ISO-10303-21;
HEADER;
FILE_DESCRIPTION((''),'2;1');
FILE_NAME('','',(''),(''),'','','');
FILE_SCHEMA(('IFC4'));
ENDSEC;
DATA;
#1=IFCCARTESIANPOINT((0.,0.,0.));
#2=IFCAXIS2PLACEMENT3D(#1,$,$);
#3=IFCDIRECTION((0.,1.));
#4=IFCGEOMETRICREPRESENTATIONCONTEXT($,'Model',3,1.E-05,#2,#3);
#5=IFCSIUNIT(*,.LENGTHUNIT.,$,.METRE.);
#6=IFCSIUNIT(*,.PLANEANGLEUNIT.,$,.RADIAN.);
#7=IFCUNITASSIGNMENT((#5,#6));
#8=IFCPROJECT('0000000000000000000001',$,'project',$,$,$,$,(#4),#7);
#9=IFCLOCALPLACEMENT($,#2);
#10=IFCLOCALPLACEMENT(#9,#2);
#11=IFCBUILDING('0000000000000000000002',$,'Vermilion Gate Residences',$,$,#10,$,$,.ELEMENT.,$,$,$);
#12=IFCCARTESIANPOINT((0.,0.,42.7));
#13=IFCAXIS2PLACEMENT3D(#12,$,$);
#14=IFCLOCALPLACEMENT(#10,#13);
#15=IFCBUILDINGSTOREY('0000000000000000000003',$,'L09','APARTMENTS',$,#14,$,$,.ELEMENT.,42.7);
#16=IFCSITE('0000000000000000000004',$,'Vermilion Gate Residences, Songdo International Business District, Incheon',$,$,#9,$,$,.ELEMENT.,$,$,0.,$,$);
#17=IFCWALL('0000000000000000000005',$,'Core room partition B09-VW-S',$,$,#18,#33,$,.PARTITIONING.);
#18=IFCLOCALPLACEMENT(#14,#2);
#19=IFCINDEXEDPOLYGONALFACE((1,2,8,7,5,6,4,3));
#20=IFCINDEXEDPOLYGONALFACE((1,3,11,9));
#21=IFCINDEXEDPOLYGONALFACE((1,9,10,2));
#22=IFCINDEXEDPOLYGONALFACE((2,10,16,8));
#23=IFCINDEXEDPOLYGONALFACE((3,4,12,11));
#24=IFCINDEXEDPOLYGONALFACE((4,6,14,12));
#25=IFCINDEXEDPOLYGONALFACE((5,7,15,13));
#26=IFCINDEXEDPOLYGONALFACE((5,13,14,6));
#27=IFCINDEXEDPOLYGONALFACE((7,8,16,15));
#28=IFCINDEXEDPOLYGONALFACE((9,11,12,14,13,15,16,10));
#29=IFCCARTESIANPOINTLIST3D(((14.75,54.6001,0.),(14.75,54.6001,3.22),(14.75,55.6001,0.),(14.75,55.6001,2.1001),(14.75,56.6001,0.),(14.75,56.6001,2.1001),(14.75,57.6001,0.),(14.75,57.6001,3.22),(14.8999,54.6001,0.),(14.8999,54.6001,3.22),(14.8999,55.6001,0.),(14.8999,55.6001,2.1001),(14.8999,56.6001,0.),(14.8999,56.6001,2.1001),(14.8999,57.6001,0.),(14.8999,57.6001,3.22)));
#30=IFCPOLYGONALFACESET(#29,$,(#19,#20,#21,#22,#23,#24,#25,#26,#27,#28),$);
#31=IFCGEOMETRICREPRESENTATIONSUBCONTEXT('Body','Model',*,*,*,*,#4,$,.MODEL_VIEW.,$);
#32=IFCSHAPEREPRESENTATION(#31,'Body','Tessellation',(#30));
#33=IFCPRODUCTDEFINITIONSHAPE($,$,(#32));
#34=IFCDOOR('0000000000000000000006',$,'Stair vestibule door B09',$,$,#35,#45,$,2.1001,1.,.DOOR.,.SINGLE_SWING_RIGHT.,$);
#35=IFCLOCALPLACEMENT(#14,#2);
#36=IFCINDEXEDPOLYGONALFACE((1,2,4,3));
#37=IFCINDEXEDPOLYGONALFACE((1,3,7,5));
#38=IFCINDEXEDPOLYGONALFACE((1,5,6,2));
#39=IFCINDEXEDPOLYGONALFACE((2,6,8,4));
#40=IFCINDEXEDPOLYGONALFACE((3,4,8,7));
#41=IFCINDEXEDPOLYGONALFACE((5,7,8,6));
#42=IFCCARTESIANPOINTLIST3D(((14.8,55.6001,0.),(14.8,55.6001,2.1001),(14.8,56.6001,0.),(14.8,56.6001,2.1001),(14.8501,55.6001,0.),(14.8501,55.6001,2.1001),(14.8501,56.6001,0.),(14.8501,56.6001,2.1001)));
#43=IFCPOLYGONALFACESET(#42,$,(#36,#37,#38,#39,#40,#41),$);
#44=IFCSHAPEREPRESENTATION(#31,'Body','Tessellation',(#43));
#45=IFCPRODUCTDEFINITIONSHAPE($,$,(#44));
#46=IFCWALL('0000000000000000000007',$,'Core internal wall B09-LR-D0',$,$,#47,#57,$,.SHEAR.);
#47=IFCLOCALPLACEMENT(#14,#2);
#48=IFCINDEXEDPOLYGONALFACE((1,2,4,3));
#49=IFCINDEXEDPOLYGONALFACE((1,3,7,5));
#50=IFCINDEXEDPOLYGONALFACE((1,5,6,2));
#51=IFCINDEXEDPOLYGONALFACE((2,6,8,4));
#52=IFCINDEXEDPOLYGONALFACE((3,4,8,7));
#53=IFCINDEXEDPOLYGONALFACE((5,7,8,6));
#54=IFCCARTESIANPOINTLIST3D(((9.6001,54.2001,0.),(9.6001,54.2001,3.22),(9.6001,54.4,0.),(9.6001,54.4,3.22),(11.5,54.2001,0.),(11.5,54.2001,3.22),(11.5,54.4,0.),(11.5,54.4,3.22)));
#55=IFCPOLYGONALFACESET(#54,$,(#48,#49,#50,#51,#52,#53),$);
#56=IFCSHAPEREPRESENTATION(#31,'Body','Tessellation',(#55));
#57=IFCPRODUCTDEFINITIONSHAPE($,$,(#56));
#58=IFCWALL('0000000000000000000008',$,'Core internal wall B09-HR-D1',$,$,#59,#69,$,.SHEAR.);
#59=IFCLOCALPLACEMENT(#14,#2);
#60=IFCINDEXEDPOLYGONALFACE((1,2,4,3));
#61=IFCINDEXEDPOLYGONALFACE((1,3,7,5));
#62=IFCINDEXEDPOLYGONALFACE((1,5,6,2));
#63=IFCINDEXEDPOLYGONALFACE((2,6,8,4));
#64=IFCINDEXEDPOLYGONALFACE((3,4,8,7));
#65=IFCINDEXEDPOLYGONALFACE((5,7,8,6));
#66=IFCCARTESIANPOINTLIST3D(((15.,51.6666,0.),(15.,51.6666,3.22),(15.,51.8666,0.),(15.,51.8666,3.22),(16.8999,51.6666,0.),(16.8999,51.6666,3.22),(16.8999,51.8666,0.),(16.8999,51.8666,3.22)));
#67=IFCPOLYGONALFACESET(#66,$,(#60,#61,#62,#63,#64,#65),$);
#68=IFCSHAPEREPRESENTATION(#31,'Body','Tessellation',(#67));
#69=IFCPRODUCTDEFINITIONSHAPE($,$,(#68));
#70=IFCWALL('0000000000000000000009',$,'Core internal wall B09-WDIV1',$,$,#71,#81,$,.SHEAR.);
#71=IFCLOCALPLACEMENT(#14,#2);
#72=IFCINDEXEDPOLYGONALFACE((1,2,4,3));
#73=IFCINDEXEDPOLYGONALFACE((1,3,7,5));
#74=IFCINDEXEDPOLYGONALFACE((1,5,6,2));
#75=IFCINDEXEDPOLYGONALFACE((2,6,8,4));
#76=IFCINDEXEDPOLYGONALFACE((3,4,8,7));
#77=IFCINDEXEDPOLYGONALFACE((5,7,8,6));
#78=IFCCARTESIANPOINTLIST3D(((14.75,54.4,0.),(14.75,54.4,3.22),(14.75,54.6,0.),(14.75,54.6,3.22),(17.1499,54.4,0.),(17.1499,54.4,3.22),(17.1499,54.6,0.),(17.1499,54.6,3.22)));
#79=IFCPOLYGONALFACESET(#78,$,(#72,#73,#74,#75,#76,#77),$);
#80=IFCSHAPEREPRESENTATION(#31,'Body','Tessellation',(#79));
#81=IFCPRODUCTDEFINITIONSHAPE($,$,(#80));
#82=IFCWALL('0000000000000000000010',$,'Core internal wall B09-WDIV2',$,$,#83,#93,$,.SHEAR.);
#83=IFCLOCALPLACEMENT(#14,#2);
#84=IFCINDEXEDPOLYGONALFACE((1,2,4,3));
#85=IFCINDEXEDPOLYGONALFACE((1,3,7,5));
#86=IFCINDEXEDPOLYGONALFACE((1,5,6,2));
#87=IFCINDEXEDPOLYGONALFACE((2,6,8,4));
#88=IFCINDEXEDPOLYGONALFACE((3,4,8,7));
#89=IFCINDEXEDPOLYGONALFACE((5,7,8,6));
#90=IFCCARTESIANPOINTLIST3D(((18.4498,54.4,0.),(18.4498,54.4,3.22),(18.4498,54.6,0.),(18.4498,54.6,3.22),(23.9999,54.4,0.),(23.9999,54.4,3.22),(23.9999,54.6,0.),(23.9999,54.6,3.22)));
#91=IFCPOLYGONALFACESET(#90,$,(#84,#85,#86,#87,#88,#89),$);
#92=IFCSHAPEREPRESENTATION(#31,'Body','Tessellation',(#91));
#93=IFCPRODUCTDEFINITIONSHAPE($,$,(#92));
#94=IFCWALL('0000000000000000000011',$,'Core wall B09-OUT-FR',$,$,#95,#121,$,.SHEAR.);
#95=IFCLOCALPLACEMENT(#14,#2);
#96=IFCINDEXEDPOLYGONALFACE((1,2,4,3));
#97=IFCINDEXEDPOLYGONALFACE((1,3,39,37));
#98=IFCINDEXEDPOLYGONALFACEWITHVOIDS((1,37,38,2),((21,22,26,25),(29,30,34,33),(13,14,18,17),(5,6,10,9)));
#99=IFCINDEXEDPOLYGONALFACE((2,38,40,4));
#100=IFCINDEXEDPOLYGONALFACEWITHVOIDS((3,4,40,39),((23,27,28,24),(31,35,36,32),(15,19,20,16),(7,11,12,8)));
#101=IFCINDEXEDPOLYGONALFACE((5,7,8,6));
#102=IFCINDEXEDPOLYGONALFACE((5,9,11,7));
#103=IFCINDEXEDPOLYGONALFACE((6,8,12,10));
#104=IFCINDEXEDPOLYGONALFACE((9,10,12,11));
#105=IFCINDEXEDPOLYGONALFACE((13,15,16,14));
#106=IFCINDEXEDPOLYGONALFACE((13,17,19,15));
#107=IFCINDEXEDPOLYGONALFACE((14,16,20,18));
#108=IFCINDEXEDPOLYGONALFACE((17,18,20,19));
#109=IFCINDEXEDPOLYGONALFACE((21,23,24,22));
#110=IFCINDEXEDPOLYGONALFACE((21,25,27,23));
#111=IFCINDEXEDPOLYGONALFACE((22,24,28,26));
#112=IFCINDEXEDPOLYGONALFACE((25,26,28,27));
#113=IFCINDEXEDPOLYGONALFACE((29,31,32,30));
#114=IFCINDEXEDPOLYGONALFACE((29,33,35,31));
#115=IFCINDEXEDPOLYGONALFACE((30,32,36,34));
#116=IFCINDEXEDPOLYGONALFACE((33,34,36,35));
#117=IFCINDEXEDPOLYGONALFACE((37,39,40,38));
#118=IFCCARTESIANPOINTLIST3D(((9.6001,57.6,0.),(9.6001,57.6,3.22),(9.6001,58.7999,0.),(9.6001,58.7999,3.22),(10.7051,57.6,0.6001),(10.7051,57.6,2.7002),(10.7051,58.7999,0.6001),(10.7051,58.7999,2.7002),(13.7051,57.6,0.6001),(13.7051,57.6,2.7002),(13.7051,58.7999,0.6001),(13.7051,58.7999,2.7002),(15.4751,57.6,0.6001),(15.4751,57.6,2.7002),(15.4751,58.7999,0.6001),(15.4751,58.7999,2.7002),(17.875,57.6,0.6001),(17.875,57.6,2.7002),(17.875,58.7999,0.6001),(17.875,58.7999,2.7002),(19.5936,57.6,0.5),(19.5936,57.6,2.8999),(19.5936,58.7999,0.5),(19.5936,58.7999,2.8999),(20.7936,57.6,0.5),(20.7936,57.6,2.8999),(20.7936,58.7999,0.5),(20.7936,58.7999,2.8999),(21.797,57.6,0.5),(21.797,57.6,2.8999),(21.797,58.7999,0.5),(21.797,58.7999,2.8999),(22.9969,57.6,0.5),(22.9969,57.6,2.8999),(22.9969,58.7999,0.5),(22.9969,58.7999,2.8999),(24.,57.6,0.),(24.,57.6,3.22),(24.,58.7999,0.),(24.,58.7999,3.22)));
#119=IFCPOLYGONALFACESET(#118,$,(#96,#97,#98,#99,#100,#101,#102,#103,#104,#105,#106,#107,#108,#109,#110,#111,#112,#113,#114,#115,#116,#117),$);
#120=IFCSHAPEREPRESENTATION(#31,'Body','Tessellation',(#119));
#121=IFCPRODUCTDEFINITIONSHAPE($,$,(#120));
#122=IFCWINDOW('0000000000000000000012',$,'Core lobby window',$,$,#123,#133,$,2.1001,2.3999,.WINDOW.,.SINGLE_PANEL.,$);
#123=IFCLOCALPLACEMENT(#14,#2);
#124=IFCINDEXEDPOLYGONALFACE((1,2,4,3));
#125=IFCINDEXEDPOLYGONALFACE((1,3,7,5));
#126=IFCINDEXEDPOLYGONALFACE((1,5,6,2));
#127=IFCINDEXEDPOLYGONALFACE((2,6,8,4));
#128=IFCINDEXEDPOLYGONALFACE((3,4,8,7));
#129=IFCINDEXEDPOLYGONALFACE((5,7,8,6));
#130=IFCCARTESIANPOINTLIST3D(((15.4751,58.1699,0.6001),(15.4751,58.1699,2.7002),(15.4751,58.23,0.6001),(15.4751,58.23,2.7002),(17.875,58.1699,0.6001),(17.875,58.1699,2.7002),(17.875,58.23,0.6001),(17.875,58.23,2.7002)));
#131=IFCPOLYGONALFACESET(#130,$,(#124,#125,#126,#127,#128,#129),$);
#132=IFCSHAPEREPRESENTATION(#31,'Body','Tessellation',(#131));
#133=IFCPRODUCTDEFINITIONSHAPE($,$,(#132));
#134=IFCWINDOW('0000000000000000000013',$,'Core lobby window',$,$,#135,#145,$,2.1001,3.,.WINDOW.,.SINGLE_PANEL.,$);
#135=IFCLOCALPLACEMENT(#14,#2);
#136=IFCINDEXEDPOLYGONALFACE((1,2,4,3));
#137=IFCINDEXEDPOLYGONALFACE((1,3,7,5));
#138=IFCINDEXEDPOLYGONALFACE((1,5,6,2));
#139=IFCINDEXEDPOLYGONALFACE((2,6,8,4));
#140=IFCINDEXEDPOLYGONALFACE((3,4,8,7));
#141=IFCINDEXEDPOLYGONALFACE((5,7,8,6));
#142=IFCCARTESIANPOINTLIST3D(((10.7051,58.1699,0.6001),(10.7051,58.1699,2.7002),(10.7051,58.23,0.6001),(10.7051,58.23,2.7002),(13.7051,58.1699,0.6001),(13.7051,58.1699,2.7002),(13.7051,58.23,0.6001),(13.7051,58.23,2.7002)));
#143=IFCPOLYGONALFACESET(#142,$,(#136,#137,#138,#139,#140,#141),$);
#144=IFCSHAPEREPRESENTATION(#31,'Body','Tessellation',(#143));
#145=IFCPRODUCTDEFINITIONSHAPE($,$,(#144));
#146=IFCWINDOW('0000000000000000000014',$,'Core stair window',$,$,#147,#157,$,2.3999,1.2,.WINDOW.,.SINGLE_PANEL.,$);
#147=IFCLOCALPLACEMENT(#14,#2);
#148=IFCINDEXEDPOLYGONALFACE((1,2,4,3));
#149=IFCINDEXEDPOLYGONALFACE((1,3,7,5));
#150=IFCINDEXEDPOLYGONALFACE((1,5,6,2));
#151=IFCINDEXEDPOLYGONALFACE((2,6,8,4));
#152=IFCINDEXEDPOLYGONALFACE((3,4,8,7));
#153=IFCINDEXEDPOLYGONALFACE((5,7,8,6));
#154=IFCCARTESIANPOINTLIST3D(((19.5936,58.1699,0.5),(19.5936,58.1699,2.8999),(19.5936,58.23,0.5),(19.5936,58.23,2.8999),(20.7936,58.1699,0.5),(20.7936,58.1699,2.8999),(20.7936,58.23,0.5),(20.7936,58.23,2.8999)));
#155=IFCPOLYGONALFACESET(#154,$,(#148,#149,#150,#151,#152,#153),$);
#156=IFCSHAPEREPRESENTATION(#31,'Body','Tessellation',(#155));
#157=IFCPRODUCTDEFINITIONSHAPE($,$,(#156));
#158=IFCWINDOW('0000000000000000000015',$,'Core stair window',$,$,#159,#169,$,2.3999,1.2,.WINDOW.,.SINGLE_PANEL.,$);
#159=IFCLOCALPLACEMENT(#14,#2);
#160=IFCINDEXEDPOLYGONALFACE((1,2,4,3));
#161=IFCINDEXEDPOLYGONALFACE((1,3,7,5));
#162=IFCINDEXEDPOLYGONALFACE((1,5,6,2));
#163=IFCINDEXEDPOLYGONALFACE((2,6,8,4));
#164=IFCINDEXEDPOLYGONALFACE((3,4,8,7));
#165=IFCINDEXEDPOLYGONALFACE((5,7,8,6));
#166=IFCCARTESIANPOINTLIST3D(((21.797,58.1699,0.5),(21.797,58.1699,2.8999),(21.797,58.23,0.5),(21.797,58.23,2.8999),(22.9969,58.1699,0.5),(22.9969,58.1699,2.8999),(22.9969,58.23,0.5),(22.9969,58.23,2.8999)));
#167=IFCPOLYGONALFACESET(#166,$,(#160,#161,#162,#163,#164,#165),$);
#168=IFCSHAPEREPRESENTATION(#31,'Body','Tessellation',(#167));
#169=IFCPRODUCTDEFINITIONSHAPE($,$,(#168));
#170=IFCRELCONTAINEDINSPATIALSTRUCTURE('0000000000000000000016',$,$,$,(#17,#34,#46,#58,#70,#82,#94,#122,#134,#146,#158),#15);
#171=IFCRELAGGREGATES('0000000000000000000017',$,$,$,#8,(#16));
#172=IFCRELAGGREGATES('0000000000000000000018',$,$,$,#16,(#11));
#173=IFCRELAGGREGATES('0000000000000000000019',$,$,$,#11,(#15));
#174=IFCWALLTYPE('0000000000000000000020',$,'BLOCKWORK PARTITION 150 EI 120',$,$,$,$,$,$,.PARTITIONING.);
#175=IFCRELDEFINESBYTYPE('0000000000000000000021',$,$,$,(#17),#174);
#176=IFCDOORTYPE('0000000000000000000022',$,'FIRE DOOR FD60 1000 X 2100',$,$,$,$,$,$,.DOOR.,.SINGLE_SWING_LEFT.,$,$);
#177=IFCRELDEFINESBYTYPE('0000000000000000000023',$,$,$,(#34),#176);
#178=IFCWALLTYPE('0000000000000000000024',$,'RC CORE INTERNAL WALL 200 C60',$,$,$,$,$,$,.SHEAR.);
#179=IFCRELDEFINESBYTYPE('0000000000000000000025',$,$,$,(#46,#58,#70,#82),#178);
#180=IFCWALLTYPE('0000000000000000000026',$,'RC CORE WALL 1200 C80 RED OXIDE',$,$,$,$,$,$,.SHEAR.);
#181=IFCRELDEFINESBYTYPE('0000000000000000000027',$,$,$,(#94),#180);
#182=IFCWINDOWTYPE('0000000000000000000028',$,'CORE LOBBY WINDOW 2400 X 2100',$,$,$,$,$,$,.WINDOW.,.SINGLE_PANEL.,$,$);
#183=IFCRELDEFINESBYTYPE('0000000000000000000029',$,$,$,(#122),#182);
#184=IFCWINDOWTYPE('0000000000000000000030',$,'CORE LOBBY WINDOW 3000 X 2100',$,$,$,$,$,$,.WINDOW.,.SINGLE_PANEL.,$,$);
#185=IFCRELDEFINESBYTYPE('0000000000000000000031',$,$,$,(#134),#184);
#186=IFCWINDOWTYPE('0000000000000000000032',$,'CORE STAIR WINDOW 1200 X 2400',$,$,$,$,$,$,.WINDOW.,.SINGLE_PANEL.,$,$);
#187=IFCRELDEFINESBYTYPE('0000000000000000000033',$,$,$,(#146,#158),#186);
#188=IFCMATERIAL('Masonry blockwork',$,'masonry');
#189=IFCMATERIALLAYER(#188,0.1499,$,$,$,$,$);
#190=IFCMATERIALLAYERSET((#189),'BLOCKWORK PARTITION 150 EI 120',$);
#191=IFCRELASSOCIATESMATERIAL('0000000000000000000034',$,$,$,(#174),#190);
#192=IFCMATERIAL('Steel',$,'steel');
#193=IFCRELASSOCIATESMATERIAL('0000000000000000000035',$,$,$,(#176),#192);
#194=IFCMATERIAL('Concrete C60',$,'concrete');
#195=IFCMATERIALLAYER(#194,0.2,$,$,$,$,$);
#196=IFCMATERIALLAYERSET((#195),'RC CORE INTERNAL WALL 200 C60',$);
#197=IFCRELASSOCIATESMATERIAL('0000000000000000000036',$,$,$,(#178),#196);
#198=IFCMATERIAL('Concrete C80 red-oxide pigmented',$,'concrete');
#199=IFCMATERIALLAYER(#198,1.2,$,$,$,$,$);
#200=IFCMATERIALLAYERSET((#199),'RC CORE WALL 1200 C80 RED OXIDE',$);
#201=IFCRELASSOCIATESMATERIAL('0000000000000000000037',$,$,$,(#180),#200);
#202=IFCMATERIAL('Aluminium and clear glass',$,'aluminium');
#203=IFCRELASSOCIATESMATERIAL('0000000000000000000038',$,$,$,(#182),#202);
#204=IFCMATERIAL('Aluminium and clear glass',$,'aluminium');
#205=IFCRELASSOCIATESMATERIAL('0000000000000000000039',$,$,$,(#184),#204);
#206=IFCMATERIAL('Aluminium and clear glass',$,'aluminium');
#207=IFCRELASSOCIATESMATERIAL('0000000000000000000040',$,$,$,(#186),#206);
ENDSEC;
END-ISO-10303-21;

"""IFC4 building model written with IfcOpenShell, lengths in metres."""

from ifc_helpers import new_model, si_unit, direction, frame, frame_2d, origin, place, context, subcontext, project, spatial, rectangle, extrude, material, layer, layer_set, type_object, element, fill, save


model = new_model("IFC4")

# Units and contexts
model_context = context("Model", 3, precision=1e-05, world=origin(), true_north=direction((0.0, 1.0)))
body_context = subcontext(model_context, "Body", "Model", "MODEL_VIEW")
ifc_project = project(units=[si_unit("LENGTHUNIT", "METRE"), si_unit("PLANEANGLEUNIT", "RADIAN")], contexts=[model_context])

# Site, building, storey
site_placement = place(None, origin())
site = spatial("IfcSite", under=ifc_project, at=site_placement, Name="Vermilion Gate Residences, Songdo International Business District, Incheon", CompositionType="ELEMENT", RefElevation=0.0)
building_placement = place(site_placement, origin())
building = spatial("IfcBuilding", under=site, at=building_placement, Name="Vermilion Gate Residences", CompositionType="ELEMENT")
storey_placement = place(building_placement, frame((0.0, 0.0, 42.7)))
storey = spatial("IfcBuildingStorey", under=building, at=storey_placement, Name="L09", Description="APARTMENTS", CompositionType="ELEMENT", Elevation=42.7)

# Wall, opening, door
ifc_material_1 = material(Name="Masonry blockwork", Category="masonry")
ifc_layer_1 = layer(ifc_material_1, 0.1499)
ifc_layer_set_1 = layer_set([ifc_layer_1], Name="BLOCKWORK PARTITION 150 EI 120")
wall_type_1 = type_object("IfcWallType", Name="BLOCKWORK PARTITION 150 EI 120", PredefinedType="PARTITIONING", material=ifc_layer_set_1)
wall_1_placement = place(storey_placement, frame((14.825, 57.6001, 0.0), z_axis=(0.0, 0.0, 1.0), x_axis=(0.0, -1.0, 0.0)))
wall_1 = element("IfcWall", 1, at=wall_1_placement, inside=storey, type_object=wall_type_1, Name="Core room partition B09-VW-S", PredefinedType="PARTITIONING", context=body_context, shape_type="SweptSolid", body=[
    extrude(rectangle(XDim=3.0, YDim=0.1499, at=frame_2d((1.5, 0.0))), origin(), (0.0, 0.0, 1.0), 3.22),
])
opening_1_placement = place(wall_1_placement, frame((1.0, 0.0, 0.0)))
opening_1 = element("IfcOpeningElement", 2, at=opening_1_placement, cuts=wall_1, PredefinedType="OPENING", context=body_context, shape_type="SweptSolid", body=[
    extrude(rectangle(XDim=1.0, YDim=2.1001, at=frame_2d((0.5, 1.05))), frame((0.0, 0.085, 0.0), z_axis=(0.0, -1.0, 0.0), x_axis=(1.0, 0.0, 0.0)), (0.0, 0.0, 1.0), 0.1699),
])
ifc_material_2 = material(Name="Steel", Category="steel")
door_type_1 = type_object("IfcDoorType", Name="FIRE DOOR FD60 1000 X 2100", OperationType="SINGLE_SWING_LEFT", PredefinedType="DOOR", material=ifc_material_2)
door_1_placement = place(opening_1_placement, frame((1.0, 0.0, 0.0), z_axis=(0.0, 0.0, 1.0), x_axis=(-1.0, 0.0, 0.0)))
door_1 = element("IfcDoor", 3, at=door_1_placement, inside=storey, type_object=door_type_1, Name="Stair vestibule door B09", OperationType="SINGLE_SWING_RIGHT", OverallHeight=2.1001, OverallWidth=1.0, PredefinedType="DOOR", context=body_context, shape_type="SweptSolid", body=[
    extrude(rectangle(XDim=1.0, YDim=2.1001, at=frame_2d((0.5, 1.05))), frame((0.0, 0.0249, 0.0), z_axis=(0.0, -1.0, 0.0), x_axis=(1.0, 0.0, 0.0)), (0.0, 0.0, 1.0), 0.05),
])
fill(opening_1, door_1)

# Walls
ifc_material_3 = material(Name="Concrete C60", Category="concrete")
ifc_layer_2 = layer(ifc_material_3, 0.2)
ifc_layer_set_2 = layer_set([ifc_layer_2], Name="RC CORE INTERNAL WALL 200 C60")
wall_type_2 = type_object("IfcWallType", Name="RC CORE INTERNAL WALL 200 C60", PredefinedType="SHEAR", material=ifc_layer_set_2)
for number, where, z_axis, x_axis, name in (
    (4, (9.6001, 54.3, 0.0), (0.0, 0.0, 1.0), (1.0, 0.0, 0.0), "Core internal wall B09-LR-D0"),
    (5, (15.0, 51.7666, 0.0), (0.0, 0.0, 1.0), (1.0, 0.0, 0.0), "Core internal wall B09-HR-D1"),
):
    element("IfcWall", number, at=place(storey_placement, frame(where, z_axis=z_axis, x_axis=x_axis)), inside=storey, type_object=wall_type_2, Name=name, PredefinedType="SHEAR", context=body_context, shape_type="SweptSolid", body=[
        extrude(rectangle(XDim=1.8999, YDim=0.2, at=frame_2d((0.95, 0.0))), origin(), (0.0, 0.0, 1.0), 3.22),
    ])
wall_2_placement = place(storey_placement, frame((14.75, 54.5, 0.0), z_axis=(0.0, 0.0, 1.0), x_axis=(1.0, 0.0, 0.0)))
element("IfcWall", 6, at=wall_2_placement, inside=storey, type_object=wall_type_2, Name="Core internal wall B09-WDIV1", PredefinedType="SHEAR", context=body_context, shape_type="SweptSolid", body=[
    extrude(rectangle(XDim=2.3999, YDim=0.2, at=frame_2d((1.2, 0.0))), origin(), (0.0, 0.0, 1.0), 3.22),
])
wall_3_placement = place(storey_placement, frame((18.45, 54.5, 0.0), z_axis=(0.0, 0.0, 1.0), x_axis=(1.0, 0.0, 0.0)))
element("IfcWall", 7, at=wall_3_placement, inside=storey, type_object=wall_type_2, Name="Core internal wall B09-WDIV2", PredefinedType="SHEAR", context=body_context, shape_type="SweptSolid", body=[
    extrude(rectangle(XDim=5.55, YDim=0.2, at=frame_2d((2.7749, 0.0))), origin(), (0.0, 0.0, 1.0), 3.22),
])

# Wall, openings, windows
ifc_material_4 = material(Name="Concrete C80 red-oxide pigmented", Category="concrete")
ifc_layer_3 = layer(ifc_material_4, 1.2)
ifc_layer_set_3 = layer_set([ifc_layer_3], Name="RC CORE WALL 1200 C80 RED OXIDE")
wall_type_3 = type_object("IfcWallType", Name="RC CORE WALL 1200 C80 RED OXIDE", PredefinedType="SHEAR", material=ifc_layer_set_3)
wall_4_placement = place(storey_placement, frame((9.6001, 58.2, 0.0), z_axis=(0.0, 0.0, 1.0), x_axis=(1.0, 0.0, 0.0)))
wall_4 = element("IfcWall", 8, at=wall_4_placement, inside=storey, type_object=wall_type_3, Name="Core wall B09-OUT-FR", PredefinedType="SHEAR", context=body_context, shape_type="SweptSolid", body=[
    extrude(rectangle(XDim=14.3999, YDim=1.2, at=frame_2d((7.2, 0.0))), origin(), (0.0, 0.0, 1.0), 3.22),
])
opening_2_placement = place(wall_4_placement, frame((1.105, 0.0, 0.6001)))
opening_2 = element("IfcOpeningElement", 9, at=opening_2_placement, cuts=wall_4, PredefinedType="OPENING", context=body_context, shape_type="SweptSolid", body=[
    extrude(rectangle(XDim=3.0, YDim=2.1001, at=frame_2d((1.5, 1.05))), frame((0.0, 0.6099, 0.0), z_axis=(0.0, -1.0, 0.0), x_axis=(1.0, 0.0, 0.0)), (0.0, 0.0, 1.0), 1.22),
])
opening_3_placement = place(wall_4_placement, frame((5.875, 0.0, 0.6001)))
opening_3 = element("IfcOpeningElement", 10, at=opening_3_placement, cuts=wall_4, PredefinedType="OPENING", context=body_context, shape_type="SweptSolid", body=[
    extrude(rectangle(XDim=2.3999, YDim=2.1001, at=frame_2d((1.2, 1.05))), frame((0.0, 0.6099, 0.0), z_axis=(0.0, -1.0, 0.0), x_axis=(1.0, 0.0, 0.0)), (0.0, 0.0, 1.0), 1.22),
])
opening_4_placement = place(wall_4_placement, frame((9.9934, 0.0, 0.5)))
opening_4 = element("IfcOpeningElement", 11, at=opening_4_placement, cuts=wall_4, PredefinedType="OPENING", context=body_context, shape_type="SweptSolid", body=[
    extrude(rectangle(XDim=1.2, YDim=2.3999, at=frame_2d((0.6001, 1.2))), frame((0.0, 0.6099, 0.0), z_axis=(0.0, -1.0, 0.0), x_axis=(1.0, 0.0, 0.0)), (0.0, 0.0, 1.0), 1.22),
])
opening_5_placement = place(wall_4_placement, frame((12.1968, 0.0, 0.5)))
opening_5 = element("IfcOpeningElement", 12, at=opening_5_placement, cuts=wall_4, PredefinedType="OPENING", context=body_context, shape_type="SweptSolid", body=[
    extrude(rectangle(XDim=1.2, YDim=2.3999, at=frame_2d((0.6001, 1.2))), frame((0.0, 0.6099, 0.0), z_axis=(0.0, -1.0, 0.0), x_axis=(1.0, 0.0, 0.0)), (0.0, 0.0, 1.0), 1.22),
])
ifc_material_5 = material(Name="Aluminium and clear glass", Category="aluminium")
window_type_1 = type_object("IfcWindowType", Name="CORE LOBBY WINDOW 2400 X 2100", PartitioningType="SINGLE_PANEL", PredefinedType="WINDOW", material=ifc_material_5)
window_1_placement = place(opening_3_placement, origin())
window_1 = element("IfcWindow", 13, at=window_1_placement, inside=storey, type_object=window_type_1, Name="Core lobby window", OverallHeight=2.1001, OverallWidth=2.3999, PartitioningType="SINGLE_PANEL", PredefinedType="WINDOW", context=body_context, shape_type="SweptSolid", body=[
    extrude(rectangle(XDim=2.3999, YDim=2.1001, at=frame_2d((1.2, 1.05))), frame((0.0, 0.03, 0.0), z_axis=(0.0, -1.0, 0.0), x_axis=(1.0, 0.0, 0.0)), (0.0, 0.0, 1.0), 0.0601),
])
fill(opening_3, window_1)
ifc_material_6 = material(Name="Aluminium and clear glass", Category="aluminium")
window_type_2 = type_object("IfcWindowType", Name="CORE LOBBY WINDOW 3000 X 2100", PartitioningType="SINGLE_PANEL", PredefinedType="WINDOW", material=ifc_material_6)
window_2_placement = place(opening_2_placement, origin())
window_2 = element("IfcWindow", 14, at=window_2_placement, inside=storey, type_object=window_type_2, Name="Core lobby window", OverallHeight=2.1001, OverallWidth=3.0, PartitioningType="SINGLE_PANEL", PredefinedType="WINDOW", context=body_context, shape_type="SweptSolid", body=[
    extrude(rectangle(XDim=3.0, YDim=2.1001, at=frame_2d((1.5, 1.05))), frame((0.0, 0.03, 0.0), z_axis=(0.0, -1.0, 0.0), x_axis=(1.0, 0.0, 0.0)), (0.0, 0.0, 1.0), 0.0601),
])
fill(opening_2, window_2)
ifc_material_7 = material(Name="Aluminium and clear glass", Category="aluminium")
window_type_3 = type_object("IfcWindowType", Name="CORE STAIR WINDOW 1200 X 2400", PartitioningType="SINGLE_PANEL", PredefinedType="WINDOW", material=ifc_material_7)
window_3_placement = place(opening_4_placement, origin())
window_3 = element("IfcWindow", 15, at=window_3_placement, inside=storey, type_object=window_type_3, Name="Core stair window", OverallHeight=2.3999, OverallWidth=1.2, PartitioningType="SINGLE_PANEL", PredefinedType="WINDOW", context=body_context, shape_type="SweptSolid", body=[
    extrude(rectangle(XDim=1.2, YDim=2.3999, at=frame_2d((0.6001, 1.2))), frame((0.0, 0.03, 0.0), z_axis=(0.0, -1.0, 0.0), x_axis=(1.0, 0.0, 0.0)), (0.0, 0.0, 1.0), 0.0601),
])
fill(opening_4, window_3)
window_4_placement = place(opening_5_placement, origin())
window_4 = element("IfcWindow", 16, at=window_4_placement, inside=storey, type_object=window_type_3, Name="Core stair window", OverallHeight=2.3999, OverallWidth=1.2, PartitioningType="SINGLE_PANEL", PredefinedType="WINDOW", context=body_context, shape_type="SweptSolid", body=[
    extrude(rectangle(XDim=1.2, YDim=2.3999, at=frame_2d((0.6001, 1.2))), frame((0.0, 0.03, 0.0), z_axis=(0.0, -1.0, 0.0), x_axis=(1.0, 0.0, 0.0)), (0.0, 0.0, 1.0), 0.0601),
])
fill(opening_5, window_4)

save(model, "model.ifc")
